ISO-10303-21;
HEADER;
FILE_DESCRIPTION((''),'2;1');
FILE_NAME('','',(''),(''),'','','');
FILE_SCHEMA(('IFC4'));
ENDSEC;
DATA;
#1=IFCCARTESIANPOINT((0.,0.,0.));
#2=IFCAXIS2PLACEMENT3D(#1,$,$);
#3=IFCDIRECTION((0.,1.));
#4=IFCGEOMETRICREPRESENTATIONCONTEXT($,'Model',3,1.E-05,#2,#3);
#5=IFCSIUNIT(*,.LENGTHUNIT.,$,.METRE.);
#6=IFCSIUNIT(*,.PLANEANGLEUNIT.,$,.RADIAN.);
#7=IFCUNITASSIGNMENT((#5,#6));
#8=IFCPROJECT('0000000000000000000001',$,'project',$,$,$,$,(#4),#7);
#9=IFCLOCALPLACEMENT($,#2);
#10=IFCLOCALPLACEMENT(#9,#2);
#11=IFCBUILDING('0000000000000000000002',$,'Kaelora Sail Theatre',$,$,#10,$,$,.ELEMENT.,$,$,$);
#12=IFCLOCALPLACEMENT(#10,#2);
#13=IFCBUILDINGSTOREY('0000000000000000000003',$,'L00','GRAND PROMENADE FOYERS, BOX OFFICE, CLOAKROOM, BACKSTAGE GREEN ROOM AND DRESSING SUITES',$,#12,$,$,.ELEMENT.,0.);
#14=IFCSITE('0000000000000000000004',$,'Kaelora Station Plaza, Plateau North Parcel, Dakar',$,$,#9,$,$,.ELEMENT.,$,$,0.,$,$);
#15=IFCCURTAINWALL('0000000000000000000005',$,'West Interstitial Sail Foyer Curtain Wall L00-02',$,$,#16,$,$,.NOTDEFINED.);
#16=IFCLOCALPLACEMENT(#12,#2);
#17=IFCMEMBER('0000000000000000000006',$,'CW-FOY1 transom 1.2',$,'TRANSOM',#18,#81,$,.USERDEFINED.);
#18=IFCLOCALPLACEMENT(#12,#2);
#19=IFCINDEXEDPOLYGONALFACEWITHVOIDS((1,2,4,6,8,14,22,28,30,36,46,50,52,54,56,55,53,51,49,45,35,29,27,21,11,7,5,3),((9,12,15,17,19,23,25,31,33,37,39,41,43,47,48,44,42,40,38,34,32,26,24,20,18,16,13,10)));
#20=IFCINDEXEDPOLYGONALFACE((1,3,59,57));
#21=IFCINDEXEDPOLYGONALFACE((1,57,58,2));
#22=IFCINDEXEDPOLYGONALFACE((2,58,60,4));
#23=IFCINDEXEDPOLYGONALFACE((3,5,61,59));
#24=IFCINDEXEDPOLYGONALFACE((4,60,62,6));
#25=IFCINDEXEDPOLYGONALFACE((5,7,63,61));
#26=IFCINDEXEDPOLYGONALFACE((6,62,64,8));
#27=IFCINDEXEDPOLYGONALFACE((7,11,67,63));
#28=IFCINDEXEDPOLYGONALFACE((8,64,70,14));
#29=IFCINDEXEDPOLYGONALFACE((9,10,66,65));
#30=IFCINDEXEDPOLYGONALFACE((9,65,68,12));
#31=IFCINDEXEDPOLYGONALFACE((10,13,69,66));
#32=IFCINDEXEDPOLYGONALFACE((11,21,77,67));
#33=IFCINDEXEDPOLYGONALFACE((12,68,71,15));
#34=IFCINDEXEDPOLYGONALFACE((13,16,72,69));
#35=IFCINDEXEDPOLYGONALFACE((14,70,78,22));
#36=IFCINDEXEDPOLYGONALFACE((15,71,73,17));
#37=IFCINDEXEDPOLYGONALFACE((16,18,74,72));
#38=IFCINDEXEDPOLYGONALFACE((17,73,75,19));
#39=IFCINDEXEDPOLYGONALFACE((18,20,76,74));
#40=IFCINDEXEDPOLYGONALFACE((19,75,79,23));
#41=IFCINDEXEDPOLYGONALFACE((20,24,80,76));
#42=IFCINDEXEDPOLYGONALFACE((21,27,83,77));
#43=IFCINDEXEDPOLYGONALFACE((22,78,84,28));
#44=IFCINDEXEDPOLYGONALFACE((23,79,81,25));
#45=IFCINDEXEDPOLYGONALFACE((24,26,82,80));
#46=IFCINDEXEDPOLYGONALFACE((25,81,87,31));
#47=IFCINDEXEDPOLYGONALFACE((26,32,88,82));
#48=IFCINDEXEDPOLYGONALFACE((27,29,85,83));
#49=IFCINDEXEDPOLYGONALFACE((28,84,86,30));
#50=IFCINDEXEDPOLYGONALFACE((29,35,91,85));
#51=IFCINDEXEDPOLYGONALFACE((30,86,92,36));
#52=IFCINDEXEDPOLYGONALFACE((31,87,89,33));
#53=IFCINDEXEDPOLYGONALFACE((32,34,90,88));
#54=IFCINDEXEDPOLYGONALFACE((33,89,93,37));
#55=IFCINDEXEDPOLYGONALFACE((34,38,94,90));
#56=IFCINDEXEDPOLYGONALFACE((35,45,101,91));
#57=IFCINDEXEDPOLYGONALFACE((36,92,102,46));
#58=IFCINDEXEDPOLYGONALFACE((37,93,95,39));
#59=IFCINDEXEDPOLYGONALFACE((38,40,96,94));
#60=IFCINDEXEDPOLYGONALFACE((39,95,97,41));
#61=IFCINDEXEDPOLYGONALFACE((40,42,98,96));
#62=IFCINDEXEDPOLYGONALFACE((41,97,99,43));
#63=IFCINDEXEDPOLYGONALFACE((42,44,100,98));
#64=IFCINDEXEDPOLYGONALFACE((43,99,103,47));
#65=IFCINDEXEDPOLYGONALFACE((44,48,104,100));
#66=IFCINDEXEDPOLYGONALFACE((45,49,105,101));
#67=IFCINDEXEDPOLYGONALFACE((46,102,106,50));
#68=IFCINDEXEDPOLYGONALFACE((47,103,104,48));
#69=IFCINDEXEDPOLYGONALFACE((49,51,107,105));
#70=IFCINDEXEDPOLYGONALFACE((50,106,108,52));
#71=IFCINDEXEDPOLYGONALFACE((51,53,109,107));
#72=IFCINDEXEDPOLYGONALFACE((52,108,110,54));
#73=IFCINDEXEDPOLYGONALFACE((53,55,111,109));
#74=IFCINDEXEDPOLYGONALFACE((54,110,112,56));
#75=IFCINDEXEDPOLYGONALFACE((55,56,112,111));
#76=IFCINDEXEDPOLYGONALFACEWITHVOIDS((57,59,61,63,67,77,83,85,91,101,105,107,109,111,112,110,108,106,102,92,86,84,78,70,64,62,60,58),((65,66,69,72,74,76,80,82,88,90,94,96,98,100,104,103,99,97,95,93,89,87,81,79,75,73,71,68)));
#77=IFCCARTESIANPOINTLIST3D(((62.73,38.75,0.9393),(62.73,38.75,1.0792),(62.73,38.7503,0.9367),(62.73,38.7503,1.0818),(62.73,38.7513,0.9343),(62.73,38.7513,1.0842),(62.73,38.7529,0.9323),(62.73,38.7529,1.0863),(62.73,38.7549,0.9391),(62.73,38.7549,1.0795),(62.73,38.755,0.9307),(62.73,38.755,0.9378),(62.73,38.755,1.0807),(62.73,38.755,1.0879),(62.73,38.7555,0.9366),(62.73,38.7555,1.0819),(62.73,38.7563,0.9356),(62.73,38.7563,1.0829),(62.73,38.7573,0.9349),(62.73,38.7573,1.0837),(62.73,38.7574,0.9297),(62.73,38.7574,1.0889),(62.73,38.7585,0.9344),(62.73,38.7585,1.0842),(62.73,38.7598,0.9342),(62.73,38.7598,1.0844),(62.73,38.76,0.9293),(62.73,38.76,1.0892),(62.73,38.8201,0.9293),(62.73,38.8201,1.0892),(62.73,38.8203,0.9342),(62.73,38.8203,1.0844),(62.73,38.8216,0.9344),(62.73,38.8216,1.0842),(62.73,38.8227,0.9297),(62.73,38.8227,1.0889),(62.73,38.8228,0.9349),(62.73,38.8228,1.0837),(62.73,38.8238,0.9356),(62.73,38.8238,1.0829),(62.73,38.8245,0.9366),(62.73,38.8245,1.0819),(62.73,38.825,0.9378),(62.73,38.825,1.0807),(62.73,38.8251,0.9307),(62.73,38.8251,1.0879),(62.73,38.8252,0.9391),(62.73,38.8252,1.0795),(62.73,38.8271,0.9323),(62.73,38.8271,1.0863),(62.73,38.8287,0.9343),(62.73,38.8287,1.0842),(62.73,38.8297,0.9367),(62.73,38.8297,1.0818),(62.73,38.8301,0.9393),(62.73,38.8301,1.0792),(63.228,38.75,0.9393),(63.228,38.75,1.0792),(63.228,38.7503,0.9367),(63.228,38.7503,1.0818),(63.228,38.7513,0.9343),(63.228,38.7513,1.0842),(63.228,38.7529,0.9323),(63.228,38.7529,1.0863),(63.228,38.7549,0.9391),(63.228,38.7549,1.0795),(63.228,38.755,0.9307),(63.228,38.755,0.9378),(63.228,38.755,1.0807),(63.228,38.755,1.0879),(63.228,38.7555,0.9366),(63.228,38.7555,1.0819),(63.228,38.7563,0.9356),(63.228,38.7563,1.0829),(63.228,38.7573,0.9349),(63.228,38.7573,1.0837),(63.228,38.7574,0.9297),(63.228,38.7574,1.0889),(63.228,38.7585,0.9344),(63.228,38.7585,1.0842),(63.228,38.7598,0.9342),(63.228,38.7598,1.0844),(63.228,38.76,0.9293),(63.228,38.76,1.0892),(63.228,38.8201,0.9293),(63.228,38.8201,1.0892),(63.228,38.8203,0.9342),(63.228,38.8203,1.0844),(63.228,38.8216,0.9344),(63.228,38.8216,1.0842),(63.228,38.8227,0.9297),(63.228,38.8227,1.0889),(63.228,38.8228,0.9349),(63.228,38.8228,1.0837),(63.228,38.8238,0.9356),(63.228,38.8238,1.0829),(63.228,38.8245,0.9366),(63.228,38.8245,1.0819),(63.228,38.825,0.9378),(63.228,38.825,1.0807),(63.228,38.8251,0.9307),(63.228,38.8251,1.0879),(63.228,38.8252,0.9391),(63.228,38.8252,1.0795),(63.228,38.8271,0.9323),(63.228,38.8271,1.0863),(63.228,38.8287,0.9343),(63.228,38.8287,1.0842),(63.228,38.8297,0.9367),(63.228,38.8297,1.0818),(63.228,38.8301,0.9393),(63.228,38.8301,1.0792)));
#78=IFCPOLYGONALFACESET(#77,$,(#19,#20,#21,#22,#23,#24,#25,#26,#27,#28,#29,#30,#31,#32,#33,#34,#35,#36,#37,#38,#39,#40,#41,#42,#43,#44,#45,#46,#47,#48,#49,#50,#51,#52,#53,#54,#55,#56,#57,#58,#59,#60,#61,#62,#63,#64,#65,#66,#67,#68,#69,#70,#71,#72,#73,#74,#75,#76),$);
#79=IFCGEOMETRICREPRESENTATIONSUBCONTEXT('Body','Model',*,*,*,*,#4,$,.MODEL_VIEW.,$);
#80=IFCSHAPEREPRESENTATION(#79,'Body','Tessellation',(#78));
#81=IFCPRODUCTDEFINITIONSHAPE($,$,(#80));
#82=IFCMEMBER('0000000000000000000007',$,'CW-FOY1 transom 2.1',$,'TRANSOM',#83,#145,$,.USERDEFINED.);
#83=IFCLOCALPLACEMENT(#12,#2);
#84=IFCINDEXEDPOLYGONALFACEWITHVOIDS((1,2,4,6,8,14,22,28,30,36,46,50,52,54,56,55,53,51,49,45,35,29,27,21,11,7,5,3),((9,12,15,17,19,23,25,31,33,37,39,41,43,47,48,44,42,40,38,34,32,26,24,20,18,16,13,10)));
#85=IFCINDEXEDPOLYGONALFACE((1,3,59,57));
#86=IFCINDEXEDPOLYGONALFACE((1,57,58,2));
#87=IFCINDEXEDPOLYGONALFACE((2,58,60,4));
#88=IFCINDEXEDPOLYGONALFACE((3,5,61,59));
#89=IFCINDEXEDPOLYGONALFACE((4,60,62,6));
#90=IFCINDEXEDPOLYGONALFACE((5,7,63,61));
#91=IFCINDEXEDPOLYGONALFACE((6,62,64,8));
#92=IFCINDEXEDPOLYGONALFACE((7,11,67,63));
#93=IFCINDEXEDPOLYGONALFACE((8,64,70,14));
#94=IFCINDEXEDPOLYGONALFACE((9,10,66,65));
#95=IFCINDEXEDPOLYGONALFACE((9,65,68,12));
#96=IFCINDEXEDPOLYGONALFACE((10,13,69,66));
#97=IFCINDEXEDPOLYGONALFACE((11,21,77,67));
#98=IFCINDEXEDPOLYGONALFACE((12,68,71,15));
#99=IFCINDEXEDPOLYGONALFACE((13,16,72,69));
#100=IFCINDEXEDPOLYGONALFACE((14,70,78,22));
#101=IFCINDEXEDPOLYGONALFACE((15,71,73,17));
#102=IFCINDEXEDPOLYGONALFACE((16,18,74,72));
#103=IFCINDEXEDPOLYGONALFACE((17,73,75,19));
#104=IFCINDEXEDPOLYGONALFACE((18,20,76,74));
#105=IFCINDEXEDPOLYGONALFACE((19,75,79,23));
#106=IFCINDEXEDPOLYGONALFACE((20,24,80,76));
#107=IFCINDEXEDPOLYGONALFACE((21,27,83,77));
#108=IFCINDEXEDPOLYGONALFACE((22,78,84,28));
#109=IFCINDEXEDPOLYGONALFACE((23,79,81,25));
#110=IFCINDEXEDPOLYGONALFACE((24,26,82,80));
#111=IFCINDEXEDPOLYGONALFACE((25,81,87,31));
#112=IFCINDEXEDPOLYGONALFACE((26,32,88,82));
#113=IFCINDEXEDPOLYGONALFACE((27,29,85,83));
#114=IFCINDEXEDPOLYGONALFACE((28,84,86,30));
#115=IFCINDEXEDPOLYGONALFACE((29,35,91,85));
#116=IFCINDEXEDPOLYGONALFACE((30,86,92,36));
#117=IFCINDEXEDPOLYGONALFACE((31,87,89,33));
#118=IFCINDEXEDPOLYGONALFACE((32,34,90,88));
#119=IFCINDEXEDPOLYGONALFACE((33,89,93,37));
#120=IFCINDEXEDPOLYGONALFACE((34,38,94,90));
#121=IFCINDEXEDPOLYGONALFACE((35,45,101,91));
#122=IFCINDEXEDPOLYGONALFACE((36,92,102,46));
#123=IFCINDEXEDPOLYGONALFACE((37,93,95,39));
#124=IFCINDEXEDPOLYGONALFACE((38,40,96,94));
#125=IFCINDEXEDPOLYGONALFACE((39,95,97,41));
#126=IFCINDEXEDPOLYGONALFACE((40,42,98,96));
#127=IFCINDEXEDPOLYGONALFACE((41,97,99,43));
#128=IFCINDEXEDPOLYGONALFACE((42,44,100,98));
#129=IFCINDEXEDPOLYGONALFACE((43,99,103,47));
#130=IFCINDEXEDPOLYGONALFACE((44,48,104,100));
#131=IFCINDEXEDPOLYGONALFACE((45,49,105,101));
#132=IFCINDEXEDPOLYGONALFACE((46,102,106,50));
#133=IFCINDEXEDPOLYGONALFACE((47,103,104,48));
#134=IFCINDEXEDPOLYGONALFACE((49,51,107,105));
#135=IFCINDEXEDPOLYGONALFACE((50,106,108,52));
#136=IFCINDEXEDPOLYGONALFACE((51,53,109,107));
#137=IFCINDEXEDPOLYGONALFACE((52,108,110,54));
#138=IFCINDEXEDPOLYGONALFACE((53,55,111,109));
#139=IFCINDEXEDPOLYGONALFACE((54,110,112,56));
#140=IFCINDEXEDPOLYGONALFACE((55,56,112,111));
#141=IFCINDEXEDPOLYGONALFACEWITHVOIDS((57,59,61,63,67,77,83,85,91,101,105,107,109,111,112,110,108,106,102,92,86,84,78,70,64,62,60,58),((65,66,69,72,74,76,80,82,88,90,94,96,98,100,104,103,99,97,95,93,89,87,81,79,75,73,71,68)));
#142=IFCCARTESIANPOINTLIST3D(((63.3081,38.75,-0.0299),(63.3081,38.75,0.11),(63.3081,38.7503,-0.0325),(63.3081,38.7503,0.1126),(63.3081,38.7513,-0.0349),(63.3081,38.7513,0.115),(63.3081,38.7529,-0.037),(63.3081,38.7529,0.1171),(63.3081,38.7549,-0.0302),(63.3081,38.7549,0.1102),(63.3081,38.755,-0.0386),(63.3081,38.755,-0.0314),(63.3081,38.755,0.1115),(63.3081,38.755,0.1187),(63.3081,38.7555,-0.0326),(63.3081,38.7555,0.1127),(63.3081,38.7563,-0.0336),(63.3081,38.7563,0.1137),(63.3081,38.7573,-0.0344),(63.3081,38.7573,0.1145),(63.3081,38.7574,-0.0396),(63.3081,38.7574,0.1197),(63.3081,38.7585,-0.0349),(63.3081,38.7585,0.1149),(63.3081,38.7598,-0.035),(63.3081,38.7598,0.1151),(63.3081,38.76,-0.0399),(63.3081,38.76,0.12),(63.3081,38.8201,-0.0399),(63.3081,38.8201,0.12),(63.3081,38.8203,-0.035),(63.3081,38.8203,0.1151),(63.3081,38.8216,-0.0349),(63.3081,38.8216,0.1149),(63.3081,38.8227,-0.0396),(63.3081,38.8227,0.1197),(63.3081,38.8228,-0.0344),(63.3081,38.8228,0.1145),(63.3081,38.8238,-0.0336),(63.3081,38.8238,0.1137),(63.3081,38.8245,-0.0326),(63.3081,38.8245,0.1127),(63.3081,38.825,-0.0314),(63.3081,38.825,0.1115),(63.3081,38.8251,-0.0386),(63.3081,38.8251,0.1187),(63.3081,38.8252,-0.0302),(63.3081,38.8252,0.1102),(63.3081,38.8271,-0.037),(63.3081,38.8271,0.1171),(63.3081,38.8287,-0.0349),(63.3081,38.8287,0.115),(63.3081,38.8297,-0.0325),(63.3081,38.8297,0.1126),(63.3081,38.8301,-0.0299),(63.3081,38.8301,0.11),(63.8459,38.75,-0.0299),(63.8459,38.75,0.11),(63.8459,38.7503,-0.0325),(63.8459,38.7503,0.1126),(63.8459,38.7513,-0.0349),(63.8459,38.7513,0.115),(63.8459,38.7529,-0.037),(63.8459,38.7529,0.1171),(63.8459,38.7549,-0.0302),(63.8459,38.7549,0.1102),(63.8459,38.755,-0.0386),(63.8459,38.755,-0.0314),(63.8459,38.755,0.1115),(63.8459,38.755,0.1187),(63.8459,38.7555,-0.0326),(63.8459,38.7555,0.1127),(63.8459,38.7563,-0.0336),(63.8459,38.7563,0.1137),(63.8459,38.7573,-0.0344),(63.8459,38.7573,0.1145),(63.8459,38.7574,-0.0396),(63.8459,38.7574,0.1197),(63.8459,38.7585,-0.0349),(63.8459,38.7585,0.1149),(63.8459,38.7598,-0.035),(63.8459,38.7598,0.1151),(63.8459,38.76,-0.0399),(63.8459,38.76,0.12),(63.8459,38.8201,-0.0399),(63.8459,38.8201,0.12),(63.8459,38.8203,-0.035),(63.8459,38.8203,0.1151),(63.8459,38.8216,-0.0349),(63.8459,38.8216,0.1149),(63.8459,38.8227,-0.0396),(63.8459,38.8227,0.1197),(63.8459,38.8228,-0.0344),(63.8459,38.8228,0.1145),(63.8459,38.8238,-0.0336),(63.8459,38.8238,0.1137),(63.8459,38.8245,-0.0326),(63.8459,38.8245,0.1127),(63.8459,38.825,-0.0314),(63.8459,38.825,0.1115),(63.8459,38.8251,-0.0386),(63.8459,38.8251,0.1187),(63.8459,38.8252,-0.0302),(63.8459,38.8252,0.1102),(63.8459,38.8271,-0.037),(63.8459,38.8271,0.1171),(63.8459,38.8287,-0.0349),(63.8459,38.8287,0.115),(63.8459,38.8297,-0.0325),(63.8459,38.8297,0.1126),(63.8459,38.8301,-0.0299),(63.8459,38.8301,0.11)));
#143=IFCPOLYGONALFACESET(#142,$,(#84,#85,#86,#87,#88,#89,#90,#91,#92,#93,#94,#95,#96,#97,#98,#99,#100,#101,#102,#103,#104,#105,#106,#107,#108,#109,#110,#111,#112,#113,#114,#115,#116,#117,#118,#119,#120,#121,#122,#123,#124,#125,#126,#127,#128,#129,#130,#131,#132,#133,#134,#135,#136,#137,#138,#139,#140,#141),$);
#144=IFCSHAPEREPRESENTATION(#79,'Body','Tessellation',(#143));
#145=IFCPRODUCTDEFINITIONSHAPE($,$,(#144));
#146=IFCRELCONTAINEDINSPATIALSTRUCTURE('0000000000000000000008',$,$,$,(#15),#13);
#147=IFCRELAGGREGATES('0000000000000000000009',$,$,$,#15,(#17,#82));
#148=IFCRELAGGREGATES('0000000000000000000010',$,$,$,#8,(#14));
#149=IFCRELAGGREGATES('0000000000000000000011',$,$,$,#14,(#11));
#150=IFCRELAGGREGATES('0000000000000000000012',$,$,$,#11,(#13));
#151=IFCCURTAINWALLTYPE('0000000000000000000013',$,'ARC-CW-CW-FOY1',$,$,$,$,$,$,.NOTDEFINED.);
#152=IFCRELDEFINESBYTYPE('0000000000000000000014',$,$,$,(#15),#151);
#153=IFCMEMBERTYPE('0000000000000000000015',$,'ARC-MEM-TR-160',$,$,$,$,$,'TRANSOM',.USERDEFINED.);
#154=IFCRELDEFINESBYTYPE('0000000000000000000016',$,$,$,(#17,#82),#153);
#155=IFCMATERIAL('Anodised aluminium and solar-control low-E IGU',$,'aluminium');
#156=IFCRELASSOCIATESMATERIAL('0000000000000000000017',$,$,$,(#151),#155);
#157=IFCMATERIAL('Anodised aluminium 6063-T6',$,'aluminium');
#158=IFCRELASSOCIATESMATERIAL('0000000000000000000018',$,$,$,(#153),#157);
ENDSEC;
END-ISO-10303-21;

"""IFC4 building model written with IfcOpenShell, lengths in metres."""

from ifc_helpers import new_model, si_unit, direction, frame, origin, origin_2d, place, context, subcontext, project, spatial, hollow_rectangle, extrude, material, material_profile, profile_set, type_object, element, aggregate, save


model = new_model("IFC4")

# Units and contexts
model_context = context("Model", 3, precision=1e-05, world=origin(), true_north=direction((0.0, 1.0)))
body_context = subcontext(model_context, "Body", "Model", "MODEL_VIEW")
ifc_project = project(units=[si_unit("LENGTHUNIT", "METRE"), si_unit("PLANEANGLEUNIT", "RADIAN")], contexts=[model_context])

# Site, building, storey
site_placement = place(None, origin())
site = spatial("IfcSite", under=ifc_project, at=site_placement, Name="Kaelora Station Plaza, Plateau North Parcel, Dakar", CompositionType="ELEMENT", RefElevation=0.0)
building_placement = place(site_placement, origin())
building = spatial("IfcBuilding", under=site, at=building_placement, Name="Kaelora Sail Theatre", CompositionType="ELEMENT")
storey_placement = place(building_placement, origin())
storey = spatial("IfcBuildingStorey", under=building, at=storey_placement, Name="L00", Description="GRAND PROMENADE FOYERS, BOX OFFICE, CLOAKROOM, BACKSTAGE GREEN ROOM AND DRESSING SUITES", CompositionType="ELEMENT", Elevation=0.0)

# Shared definitions
ifc_material_1 = material(Name="Anodised aluminium and solar-control low-E IGU", Category="aluminium")
curtain_wall_type = type_object("IfcCurtainWallType", Name="ARC-CW-CW-FOY1", PredefinedType="NOTDEFINED", material=ifc_material_1)

# Curtain wall, members
curtain_wall_1_placement = place(storey_placement, origin())
curtain_wall_1 = element("IfcCurtainWall", 1, at=curtain_wall_1_placement, inside=storey, type_object=curtain_wall_type, Name="West Interstitial Sail Foyer Curtain Wall L00-02", PredefinedType="NOTDEFINED")
ifc_material_2 = material(Name="Anodised aluminium 6063-T6", Category="aluminium")
ifc_material_profile_1 = material_profile(ifc_material_2, hollow_rectangle(XDim=0.0801, YDim=0.1599, WallThickness=0.0049, InnerFilletRadius=0.0049, OuterFilletRadius=0.01, at=origin_2d()), Name="ALU-TRAN 80x160x5")
ifc_profile_set_1 = profile_set([ifc_material_profile_1], Name="Anodised aluminium 6063-T6")
member_type_1 = type_object("IfcMemberType", Name="ARC-MEM-TR-160", ElementType="TRANSOM", PredefinedType="USERDEFINED", material=ifc_profile_set_1)
member_1_placement = place(storey_placement, frame((62.73, 38.79, 1.0093), z_axis=(1.0, 0.0, 0.0), x_axis=(0.0, 1.0, 0.0)))
member_1 = element("IfcMember", 2, at=member_1_placement, type_object=member_type_1, Name="CW-FOY1 transom 1.2", ObjectType="TRANSOM", PredefinedType="USERDEFINED", context=body_context, shape_type="SweptSolid", body=[
    extrude(hollow_rectangle(XDim=0.0801, YDim=0.1599, WallThickness=0.0049, InnerFilletRadius=0.0049, OuterFilletRadius=0.01, at=origin_2d()), origin(), (0.0, 0.0, 1.0), 0.498),
])
member_2_placement = place(storey_placement, frame((63.3081, 38.79, 0.04), z_axis=(1.0, 0.0, 0.0), x_axis=(0.0, 1.0, 0.0)))
member_2 = element("IfcMember", 3, at=member_2_placement, type_object=member_type_1, Name="CW-FOY1 transom 2.1", ObjectType="TRANSOM", PredefinedType="USERDEFINED", context=body_context, shape_type="SweptSolid", body=[
    extrude(hollow_rectangle(XDim=0.0801, YDim=0.1599, WallThickness=0.0049, InnerFilletRadius=0.0049, OuterFilletRadius=0.01, at=origin_2d()), origin(), (0.0, 0.0, 1.0), 0.5378),
])
aggregate(curtain_wall_1, [member_1, member_2])

save(model, "model.ifc")
